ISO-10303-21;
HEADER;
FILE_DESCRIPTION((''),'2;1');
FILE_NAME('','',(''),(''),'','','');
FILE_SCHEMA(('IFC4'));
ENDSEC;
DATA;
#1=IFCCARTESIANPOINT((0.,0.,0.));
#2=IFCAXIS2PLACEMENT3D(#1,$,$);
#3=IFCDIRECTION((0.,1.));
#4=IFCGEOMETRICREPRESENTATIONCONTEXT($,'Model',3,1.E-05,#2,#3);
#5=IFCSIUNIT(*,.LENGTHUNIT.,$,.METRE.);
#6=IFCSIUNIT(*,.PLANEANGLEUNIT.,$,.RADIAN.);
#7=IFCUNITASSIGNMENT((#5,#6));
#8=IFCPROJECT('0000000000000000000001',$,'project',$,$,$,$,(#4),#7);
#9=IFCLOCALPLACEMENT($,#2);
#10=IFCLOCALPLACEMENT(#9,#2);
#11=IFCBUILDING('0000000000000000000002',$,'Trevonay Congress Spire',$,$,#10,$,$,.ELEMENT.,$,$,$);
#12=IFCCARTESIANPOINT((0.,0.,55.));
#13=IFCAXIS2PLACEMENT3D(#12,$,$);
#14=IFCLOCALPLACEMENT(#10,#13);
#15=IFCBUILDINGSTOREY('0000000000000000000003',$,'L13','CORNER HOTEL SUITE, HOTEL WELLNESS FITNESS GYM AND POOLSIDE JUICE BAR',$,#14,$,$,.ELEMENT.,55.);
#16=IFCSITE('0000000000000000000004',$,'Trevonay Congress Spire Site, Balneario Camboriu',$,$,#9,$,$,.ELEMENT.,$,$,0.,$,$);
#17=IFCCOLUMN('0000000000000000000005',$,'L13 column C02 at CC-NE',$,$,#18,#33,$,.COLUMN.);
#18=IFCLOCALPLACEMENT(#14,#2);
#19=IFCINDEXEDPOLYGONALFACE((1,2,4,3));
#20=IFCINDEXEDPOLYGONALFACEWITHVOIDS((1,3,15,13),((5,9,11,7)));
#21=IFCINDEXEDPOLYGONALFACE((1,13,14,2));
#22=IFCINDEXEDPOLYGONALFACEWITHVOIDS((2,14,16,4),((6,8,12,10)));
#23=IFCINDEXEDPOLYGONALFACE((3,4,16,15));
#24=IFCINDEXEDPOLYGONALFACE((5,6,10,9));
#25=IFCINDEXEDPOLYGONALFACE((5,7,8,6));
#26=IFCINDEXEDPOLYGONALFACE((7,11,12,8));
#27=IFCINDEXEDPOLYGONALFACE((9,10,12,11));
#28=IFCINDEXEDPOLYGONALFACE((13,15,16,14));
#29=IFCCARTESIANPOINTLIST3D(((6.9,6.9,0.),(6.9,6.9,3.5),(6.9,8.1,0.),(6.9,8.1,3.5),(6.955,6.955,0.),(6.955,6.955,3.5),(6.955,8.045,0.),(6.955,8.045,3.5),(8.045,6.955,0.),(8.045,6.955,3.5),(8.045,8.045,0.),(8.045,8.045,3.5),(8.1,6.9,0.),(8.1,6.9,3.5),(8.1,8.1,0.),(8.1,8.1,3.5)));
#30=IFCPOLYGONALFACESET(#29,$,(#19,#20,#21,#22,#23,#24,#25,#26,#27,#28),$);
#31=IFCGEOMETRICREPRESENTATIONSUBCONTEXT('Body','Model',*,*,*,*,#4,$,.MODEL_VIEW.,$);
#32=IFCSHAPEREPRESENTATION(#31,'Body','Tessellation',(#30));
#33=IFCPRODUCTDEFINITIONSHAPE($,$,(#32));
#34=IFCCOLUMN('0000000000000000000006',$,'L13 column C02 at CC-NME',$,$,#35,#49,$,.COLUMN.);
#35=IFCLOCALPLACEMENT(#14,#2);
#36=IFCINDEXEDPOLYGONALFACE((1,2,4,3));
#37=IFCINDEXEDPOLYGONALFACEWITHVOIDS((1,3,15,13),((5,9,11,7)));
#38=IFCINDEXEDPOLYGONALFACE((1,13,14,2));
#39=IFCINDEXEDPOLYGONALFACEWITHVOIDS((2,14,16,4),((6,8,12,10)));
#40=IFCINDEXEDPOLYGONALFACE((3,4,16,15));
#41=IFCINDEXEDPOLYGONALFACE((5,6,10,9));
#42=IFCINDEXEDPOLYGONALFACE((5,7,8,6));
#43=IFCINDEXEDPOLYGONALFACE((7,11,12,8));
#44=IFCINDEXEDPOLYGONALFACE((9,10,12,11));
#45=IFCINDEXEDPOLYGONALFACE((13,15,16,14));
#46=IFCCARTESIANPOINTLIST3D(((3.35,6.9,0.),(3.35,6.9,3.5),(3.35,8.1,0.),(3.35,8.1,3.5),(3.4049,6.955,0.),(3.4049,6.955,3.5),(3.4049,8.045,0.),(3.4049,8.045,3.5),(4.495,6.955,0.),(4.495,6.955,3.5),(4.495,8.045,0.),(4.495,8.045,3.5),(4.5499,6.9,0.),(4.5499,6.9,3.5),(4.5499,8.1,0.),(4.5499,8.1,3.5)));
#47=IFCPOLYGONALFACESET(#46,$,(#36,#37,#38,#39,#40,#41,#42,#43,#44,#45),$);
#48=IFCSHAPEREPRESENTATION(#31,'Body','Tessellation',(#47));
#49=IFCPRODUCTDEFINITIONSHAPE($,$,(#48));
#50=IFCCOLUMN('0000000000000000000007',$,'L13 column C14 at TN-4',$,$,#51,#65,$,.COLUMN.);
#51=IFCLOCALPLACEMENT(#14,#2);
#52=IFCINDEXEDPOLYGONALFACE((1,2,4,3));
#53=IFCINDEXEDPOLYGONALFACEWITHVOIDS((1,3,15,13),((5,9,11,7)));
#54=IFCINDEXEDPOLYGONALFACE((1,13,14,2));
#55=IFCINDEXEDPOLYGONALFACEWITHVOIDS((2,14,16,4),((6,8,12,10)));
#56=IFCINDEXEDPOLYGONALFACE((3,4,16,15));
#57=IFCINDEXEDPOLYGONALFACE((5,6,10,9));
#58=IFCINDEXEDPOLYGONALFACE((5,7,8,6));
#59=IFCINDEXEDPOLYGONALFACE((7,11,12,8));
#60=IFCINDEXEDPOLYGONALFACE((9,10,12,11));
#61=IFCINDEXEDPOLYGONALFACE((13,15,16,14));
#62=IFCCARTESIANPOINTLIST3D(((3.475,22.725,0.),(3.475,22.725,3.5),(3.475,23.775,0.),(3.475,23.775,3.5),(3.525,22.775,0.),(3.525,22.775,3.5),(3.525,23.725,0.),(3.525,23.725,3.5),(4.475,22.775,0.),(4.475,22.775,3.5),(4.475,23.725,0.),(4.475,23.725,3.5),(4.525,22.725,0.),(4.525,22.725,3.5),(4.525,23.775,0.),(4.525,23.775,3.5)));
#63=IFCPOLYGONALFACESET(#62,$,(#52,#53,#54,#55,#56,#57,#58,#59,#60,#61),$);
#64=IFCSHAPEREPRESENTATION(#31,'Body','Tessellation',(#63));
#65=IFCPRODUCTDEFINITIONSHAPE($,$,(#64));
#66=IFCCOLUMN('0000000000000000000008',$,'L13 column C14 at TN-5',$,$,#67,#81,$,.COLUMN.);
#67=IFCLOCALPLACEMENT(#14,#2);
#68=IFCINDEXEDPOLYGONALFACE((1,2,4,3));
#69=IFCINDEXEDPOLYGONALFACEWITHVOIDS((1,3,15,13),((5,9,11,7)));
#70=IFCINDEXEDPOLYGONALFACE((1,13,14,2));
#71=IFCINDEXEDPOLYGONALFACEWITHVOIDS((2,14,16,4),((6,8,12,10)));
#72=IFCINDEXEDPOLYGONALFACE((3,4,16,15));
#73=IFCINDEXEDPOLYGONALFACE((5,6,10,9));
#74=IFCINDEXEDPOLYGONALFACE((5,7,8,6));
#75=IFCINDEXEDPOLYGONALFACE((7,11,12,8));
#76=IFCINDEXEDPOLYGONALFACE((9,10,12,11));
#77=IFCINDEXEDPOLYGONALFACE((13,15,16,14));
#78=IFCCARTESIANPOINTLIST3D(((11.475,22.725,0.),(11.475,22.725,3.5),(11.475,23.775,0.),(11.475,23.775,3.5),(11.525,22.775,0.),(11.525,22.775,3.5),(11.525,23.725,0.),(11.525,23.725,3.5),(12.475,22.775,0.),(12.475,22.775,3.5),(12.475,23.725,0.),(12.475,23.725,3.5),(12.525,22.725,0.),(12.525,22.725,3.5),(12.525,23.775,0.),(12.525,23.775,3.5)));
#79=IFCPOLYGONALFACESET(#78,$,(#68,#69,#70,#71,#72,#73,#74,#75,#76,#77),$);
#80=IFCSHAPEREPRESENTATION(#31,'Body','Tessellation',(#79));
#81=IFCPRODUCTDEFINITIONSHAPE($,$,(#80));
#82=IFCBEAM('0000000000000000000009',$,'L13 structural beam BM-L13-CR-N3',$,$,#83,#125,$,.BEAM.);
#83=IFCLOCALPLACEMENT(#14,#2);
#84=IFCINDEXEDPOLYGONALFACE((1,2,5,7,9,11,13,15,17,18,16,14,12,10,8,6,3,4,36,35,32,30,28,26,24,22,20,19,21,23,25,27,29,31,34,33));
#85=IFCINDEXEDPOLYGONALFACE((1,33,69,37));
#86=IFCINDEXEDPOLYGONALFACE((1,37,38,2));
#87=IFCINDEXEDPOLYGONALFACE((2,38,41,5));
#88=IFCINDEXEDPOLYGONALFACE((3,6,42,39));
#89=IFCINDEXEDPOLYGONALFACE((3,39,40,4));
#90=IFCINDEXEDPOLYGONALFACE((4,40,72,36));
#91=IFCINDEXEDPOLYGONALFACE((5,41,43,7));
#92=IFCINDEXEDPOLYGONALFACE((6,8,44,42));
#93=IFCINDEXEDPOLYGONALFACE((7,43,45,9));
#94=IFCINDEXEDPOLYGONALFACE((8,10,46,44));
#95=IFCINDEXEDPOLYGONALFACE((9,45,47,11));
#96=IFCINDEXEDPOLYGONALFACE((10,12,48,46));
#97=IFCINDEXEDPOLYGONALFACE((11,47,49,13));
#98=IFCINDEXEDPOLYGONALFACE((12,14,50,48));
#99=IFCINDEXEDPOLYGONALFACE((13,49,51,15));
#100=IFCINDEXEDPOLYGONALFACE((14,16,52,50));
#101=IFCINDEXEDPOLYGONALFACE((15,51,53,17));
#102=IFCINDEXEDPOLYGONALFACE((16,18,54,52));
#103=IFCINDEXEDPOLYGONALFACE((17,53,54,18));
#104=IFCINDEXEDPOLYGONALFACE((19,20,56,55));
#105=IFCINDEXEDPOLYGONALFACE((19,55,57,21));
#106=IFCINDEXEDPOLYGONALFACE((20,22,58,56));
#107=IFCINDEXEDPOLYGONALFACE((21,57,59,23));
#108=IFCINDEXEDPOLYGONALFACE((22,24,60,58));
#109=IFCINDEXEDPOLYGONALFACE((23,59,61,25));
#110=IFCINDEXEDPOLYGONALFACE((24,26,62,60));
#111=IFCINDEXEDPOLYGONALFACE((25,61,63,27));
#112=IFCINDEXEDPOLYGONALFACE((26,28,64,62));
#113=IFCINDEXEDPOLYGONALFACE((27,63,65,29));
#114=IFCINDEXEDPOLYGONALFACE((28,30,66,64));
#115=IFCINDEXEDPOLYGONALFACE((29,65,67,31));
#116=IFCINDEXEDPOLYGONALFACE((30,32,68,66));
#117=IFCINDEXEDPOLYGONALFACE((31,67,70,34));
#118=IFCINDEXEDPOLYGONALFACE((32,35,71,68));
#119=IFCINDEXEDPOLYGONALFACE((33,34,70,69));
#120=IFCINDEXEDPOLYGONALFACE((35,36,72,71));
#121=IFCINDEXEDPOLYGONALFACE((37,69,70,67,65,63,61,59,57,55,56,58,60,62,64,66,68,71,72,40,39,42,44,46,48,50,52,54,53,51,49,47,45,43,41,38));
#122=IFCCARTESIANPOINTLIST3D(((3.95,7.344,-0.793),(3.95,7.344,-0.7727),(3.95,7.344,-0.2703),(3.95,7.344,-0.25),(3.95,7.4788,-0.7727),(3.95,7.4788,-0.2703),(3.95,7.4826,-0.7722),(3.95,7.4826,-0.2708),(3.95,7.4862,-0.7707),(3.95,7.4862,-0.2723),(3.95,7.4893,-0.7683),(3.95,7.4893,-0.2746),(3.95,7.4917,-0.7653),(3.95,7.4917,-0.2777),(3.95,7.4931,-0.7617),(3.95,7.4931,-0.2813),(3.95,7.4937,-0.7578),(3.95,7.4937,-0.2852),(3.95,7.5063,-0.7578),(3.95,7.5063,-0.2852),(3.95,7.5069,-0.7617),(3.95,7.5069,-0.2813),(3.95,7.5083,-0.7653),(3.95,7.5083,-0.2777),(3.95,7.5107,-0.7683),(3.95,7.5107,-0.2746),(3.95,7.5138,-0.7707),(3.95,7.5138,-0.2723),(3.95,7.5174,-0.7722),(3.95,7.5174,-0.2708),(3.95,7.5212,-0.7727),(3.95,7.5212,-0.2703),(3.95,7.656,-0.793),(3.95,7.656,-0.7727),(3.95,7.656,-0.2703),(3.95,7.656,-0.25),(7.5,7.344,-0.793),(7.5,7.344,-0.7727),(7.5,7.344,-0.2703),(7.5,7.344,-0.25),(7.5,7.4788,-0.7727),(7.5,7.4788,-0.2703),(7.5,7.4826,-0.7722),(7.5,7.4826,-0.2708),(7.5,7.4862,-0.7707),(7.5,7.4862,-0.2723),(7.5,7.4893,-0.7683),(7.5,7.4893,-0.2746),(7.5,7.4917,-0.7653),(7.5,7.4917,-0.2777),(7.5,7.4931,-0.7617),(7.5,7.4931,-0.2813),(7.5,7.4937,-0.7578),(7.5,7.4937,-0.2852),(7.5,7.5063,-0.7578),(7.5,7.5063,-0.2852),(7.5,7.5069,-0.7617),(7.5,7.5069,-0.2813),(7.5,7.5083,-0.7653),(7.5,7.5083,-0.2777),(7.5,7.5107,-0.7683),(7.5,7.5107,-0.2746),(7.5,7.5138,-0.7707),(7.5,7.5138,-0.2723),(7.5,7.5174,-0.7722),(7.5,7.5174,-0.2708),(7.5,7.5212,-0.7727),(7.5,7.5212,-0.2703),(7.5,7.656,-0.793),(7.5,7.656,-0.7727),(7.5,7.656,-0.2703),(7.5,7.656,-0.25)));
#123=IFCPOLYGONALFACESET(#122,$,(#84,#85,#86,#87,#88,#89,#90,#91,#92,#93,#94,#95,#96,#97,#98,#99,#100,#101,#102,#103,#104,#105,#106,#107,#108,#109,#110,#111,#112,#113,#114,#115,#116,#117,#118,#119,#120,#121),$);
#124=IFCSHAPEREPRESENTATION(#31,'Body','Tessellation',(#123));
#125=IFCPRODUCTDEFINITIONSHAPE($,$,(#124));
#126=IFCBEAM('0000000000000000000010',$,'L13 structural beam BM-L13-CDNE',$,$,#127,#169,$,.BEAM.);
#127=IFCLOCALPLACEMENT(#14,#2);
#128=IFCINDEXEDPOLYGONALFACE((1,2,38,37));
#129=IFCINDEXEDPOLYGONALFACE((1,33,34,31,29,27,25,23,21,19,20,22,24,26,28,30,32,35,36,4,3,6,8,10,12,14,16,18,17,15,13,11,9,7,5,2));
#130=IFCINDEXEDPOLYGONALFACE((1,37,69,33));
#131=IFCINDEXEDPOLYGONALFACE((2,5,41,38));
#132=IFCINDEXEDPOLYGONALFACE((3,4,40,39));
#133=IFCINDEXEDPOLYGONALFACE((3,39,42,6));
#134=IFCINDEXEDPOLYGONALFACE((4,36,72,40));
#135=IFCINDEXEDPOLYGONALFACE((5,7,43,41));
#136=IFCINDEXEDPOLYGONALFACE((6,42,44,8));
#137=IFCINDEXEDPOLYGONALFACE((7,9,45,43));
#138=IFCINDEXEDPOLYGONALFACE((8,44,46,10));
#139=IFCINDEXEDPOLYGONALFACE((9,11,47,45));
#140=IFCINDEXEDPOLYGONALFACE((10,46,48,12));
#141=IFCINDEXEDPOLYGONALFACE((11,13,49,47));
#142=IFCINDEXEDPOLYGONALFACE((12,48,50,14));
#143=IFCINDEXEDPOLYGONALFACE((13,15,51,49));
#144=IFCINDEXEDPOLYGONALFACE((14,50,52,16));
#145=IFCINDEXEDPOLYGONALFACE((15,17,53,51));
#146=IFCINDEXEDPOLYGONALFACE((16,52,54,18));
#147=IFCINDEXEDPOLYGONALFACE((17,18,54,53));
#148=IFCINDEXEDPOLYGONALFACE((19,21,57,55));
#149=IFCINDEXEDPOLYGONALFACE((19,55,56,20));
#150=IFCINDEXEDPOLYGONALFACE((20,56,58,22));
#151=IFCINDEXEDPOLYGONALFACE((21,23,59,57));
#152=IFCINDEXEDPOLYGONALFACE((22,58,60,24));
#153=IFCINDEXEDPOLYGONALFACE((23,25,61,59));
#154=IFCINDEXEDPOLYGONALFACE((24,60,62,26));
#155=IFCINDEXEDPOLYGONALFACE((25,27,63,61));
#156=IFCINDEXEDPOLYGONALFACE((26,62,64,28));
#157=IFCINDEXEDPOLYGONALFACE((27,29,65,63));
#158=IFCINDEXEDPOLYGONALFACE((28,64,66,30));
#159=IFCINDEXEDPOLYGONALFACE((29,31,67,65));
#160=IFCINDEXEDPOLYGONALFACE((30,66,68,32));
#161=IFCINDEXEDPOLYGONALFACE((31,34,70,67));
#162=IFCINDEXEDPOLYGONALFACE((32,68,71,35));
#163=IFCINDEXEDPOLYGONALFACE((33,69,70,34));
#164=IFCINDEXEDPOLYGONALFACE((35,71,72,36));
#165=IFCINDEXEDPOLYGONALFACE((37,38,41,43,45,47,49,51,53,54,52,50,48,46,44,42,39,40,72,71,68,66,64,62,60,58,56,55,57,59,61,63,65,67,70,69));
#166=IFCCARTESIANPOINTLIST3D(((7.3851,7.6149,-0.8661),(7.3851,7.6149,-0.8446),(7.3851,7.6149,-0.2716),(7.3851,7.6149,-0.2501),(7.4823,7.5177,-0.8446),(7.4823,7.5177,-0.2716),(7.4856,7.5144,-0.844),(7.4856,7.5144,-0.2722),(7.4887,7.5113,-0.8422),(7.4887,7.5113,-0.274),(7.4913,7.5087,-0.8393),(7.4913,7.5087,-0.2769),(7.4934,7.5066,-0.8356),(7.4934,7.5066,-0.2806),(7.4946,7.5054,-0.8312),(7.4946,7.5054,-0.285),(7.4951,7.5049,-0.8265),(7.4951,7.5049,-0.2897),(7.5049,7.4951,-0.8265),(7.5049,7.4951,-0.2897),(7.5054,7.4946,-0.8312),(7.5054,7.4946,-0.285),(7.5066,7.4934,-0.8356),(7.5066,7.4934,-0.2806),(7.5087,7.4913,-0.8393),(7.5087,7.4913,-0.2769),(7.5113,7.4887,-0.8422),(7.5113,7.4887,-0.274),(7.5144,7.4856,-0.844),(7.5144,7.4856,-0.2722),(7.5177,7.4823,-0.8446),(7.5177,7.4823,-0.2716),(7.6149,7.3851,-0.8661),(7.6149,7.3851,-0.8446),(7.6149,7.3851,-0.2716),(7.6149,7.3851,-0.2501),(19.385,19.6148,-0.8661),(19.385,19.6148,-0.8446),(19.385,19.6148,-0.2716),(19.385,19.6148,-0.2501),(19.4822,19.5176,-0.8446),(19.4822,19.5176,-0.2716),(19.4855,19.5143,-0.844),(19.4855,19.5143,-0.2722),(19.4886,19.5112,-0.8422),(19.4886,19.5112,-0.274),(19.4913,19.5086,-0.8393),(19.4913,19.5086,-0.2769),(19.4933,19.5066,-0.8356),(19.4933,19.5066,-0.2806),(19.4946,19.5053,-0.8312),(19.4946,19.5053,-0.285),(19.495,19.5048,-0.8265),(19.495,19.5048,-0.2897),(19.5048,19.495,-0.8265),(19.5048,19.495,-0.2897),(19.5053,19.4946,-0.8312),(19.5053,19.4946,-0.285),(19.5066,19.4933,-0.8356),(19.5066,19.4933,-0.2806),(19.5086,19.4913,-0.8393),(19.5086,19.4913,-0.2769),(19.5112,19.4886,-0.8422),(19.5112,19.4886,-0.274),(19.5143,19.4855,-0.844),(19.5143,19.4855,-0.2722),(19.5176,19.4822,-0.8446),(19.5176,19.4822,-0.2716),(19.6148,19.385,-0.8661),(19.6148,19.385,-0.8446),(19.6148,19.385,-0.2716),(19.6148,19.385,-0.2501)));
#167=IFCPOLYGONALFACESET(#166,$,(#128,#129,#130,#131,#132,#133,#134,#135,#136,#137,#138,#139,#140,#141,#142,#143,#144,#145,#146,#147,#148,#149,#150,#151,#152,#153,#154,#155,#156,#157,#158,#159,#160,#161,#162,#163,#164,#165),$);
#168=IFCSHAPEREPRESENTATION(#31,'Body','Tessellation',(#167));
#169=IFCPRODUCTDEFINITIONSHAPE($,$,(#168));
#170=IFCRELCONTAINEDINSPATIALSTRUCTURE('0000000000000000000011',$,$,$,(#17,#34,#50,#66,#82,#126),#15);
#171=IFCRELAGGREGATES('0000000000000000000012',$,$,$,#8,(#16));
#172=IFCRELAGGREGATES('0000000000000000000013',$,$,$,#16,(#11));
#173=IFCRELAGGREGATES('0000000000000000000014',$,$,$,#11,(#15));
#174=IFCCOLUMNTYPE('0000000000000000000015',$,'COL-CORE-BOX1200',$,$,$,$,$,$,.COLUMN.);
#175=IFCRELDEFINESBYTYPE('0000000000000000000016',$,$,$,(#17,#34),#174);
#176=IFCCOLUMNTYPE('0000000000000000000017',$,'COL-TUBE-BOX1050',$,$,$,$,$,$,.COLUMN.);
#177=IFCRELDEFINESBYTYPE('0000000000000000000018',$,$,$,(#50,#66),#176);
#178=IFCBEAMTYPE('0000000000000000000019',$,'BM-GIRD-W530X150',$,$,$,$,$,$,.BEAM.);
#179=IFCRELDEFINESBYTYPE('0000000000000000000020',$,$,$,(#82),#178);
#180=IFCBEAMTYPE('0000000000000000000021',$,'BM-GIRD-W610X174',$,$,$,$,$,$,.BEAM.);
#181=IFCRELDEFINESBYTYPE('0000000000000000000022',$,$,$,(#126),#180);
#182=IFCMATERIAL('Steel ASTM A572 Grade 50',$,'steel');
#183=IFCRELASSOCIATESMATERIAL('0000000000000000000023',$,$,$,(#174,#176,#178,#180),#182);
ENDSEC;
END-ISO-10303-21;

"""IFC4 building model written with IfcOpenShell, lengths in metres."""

from ifc_helpers import new_model, si_unit, direction, frame, origin, origin_2d, place, context, subcontext, project, spatial, hollow_rectangle, i_section, extrude, material, material_profile, profile_set, type_object, element, save


model = new_model("IFC4")

# Units and contexts
model_context = context("Model", 3, precision=1e-05, world=origin(), true_north=direction((0.0, 1.0)))
body_context = subcontext(model_context, "Body", "Model", "MODEL_VIEW")
ifc_project = project(units=[si_unit("LENGTHUNIT", "METRE"), si_unit("PLANEANGLEUNIT", "RADIAN")], contexts=[model_context])

# Site, building, storey
site_placement = place(None, origin())
site = spatial("IfcSite", under=ifc_project, at=site_placement, Name="Trevonay Congress Spire Site, Balneario Camboriu", CompositionType="ELEMENT", RefElevation=0.0)
building_placement = place(site_placement, origin())
building = spatial("IfcBuilding", under=site, at=building_placement, Name="Trevonay Congress Spire", CompositionType="ELEMENT")
storey_placement = place(building_placement, frame((0.0, 0.0, 55.0)))
storey = spatial("IfcBuildingStorey", under=building, at=storey_placement, Name="L13", Description="CORNER HOTEL SUITE, HOTEL WELLNESS FITNESS GYM AND POOLSIDE JUICE BAR", CompositionType="ELEMENT", Elevation=55.0)

# Columns
ifc_material_1 = material(Name="Steel ASTM A572 Grade 50", Category="steel")
ifc_material_profile_1 = material_profile(ifc_material_1, hollow_rectangle(XDim=1.2, YDim=1.2, WallThickness=0.0549, at=origin_2d()), Name="BOX 1200x1200x55")
ifc_profile_set_1 = profile_set([ifc_material_profile_1], Name="Steel ASTM A572 Grade 50")
column_type_1 = type_object("IfcColumnType", Name="COL-CORE-BOX1200", PredefinedType="COLUMN", material=ifc_profile_set_1)
for number, where, z_axis, x_axis, name in (
    (1, (7.5, 7.5, 0.0), (0.0, 0.0, 1.0), (1.0, 0.0, 0.0), "L13 column C02 at CC-NE"),
    (2, (3.95, 7.5, 0.0), (0.0, 0.0, 1.0), (1.0, 0.0, 0.0), "L13 column C02 at CC-NME"),
):
    element("IfcColumn", number, at=place(storey_placement, frame(where, z_axis=z_axis, x_axis=x_axis)), inside=storey, type_object=column_type_1, Name=name, PredefinedType="COLUMN", context=body_context, shape_type="SweptSolid", body=[
        extrude(hollow_rectangle(XDim=1.2, YDim=1.2, WallThickness=0.0549, at=origin_2d()), origin(), (0.0, 0.0, 1.0), 3.5),
    ])
ifc_material_profile_2 = material_profile(ifc_material_1, hollow_rectangle(XDim=1.05, YDim=1.05, WallThickness=0.05, at=origin_2d()), Name="BOX 1050x1050x50")
ifc_profile_set_2 = profile_set([ifc_material_profile_2], Name="Steel ASTM A572 Grade 50")
column_type_2 = type_object("IfcColumnType", Name="COL-TUBE-BOX1050", PredefinedType="COLUMN", material=ifc_profile_set_2)
for number, where, z_axis, x_axis, name in (
    (3, (4.0, 23.25, 0.0), (0.0, 0.0, 1.0), (1.0, 0.0, 0.0), "L13 column C14 at TN-4"),
    (4, (12.0, 23.25, 0.0), (0.0, 0.0, 1.0), (1.0, 0.0, 0.0), "L13 column C14 at TN-5"),
):
    element("IfcColumn", number, at=place(storey_placement, frame(where, z_axis=z_axis, x_axis=x_axis)), inside=storey, type_object=column_type_2, Name=name, PredefinedType="COLUMN", context=body_context, shape_type="SweptSolid", body=[
        extrude(hollow_rectangle(XDim=1.05, YDim=1.05, WallThickness=0.05, at=origin_2d()), origin(), (0.0, 0.0, 1.0), 3.5),
    ])

# Beams
ifc_material_profile_3 = material_profile(ifc_material_1, i_section(OverallWidth=0.312, OverallDepth=0.543, WebThickness=0.0127, FlangeThickness=0.0203, FilletRadius=0.0149, at=origin_2d()), Name="W530x150")
ifc_profile_set_3 = profile_set([ifc_material_profile_3], Name="Steel ASTM A572 Grade 50")
beam_type_1 = type_object("IfcBeamType", Name="BM-GIRD-W530X150", PredefinedType="BEAM", material=ifc_profile_set_3)
beam_1_placement = place(storey_placement, frame((3.95, 7.5, -0.5215), z_axis=(1.0, 0.0, 0.0), x_axis=(0.0, 1.0, 0.0)))
element("IfcBeam", 5, at=beam_1_placement, inside=storey, type_object=beam_type_1, Name="L13 structural beam BM-L13-CR-N3", PredefinedType="BEAM", context=body_context, shape_type="SweptSolid", body=[
    extrude(i_section(OverallWidth=0.312, OverallDepth=0.543, WebThickness=0.0127, FlangeThickness=0.0203, FilletRadius=0.0149, at=origin_2d()), origin(), (0.0, 0.0, 1.0), 3.55),
])
ifc_material_profile_4 = material_profile(ifc_material_1, i_section(OverallWidth=0.325, OverallDepth=0.616, WebThickness=0.0139, FlangeThickness=0.0215, FilletRadius=0.0181, at=origin_2d()), Name="W610x174")
ifc_profile_set_4 = profile_set([ifc_material_profile_4], Name="Steel ASTM A572 Grade 50")
beam_type_2 = type_object("IfcBeamType", Name="BM-GIRD-W610X174", PredefinedType="BEAM", material=ifc_profile_set_4)
beam_2_placement = place(storey_placement, frame((7.5, 7.5, -0.5581), z_axis=(0.707107, 0.707107, 0.0), x_axis=(-0.707107, 0.707107, 0.0)))
element("IfcBeam", 6, at=beam_2_placement, inside=storey, type_object=beam_type_2, Name="L13 structural beam BM-L13-CDNE", PredefinedType="BEAM", context=body_context, shape_type="SweptSolid", body=[
    extrude(i_section(OverallWidth=0.325, OverallDepth=0.616, WebThickness=0.0139, FlangeThickness=0.0215, FilletRadius=0.0181, at=origin_2d()), origin(), (0.0, 0.0, 1.0), 16.9705),
])

save(model, "model.ifc")
